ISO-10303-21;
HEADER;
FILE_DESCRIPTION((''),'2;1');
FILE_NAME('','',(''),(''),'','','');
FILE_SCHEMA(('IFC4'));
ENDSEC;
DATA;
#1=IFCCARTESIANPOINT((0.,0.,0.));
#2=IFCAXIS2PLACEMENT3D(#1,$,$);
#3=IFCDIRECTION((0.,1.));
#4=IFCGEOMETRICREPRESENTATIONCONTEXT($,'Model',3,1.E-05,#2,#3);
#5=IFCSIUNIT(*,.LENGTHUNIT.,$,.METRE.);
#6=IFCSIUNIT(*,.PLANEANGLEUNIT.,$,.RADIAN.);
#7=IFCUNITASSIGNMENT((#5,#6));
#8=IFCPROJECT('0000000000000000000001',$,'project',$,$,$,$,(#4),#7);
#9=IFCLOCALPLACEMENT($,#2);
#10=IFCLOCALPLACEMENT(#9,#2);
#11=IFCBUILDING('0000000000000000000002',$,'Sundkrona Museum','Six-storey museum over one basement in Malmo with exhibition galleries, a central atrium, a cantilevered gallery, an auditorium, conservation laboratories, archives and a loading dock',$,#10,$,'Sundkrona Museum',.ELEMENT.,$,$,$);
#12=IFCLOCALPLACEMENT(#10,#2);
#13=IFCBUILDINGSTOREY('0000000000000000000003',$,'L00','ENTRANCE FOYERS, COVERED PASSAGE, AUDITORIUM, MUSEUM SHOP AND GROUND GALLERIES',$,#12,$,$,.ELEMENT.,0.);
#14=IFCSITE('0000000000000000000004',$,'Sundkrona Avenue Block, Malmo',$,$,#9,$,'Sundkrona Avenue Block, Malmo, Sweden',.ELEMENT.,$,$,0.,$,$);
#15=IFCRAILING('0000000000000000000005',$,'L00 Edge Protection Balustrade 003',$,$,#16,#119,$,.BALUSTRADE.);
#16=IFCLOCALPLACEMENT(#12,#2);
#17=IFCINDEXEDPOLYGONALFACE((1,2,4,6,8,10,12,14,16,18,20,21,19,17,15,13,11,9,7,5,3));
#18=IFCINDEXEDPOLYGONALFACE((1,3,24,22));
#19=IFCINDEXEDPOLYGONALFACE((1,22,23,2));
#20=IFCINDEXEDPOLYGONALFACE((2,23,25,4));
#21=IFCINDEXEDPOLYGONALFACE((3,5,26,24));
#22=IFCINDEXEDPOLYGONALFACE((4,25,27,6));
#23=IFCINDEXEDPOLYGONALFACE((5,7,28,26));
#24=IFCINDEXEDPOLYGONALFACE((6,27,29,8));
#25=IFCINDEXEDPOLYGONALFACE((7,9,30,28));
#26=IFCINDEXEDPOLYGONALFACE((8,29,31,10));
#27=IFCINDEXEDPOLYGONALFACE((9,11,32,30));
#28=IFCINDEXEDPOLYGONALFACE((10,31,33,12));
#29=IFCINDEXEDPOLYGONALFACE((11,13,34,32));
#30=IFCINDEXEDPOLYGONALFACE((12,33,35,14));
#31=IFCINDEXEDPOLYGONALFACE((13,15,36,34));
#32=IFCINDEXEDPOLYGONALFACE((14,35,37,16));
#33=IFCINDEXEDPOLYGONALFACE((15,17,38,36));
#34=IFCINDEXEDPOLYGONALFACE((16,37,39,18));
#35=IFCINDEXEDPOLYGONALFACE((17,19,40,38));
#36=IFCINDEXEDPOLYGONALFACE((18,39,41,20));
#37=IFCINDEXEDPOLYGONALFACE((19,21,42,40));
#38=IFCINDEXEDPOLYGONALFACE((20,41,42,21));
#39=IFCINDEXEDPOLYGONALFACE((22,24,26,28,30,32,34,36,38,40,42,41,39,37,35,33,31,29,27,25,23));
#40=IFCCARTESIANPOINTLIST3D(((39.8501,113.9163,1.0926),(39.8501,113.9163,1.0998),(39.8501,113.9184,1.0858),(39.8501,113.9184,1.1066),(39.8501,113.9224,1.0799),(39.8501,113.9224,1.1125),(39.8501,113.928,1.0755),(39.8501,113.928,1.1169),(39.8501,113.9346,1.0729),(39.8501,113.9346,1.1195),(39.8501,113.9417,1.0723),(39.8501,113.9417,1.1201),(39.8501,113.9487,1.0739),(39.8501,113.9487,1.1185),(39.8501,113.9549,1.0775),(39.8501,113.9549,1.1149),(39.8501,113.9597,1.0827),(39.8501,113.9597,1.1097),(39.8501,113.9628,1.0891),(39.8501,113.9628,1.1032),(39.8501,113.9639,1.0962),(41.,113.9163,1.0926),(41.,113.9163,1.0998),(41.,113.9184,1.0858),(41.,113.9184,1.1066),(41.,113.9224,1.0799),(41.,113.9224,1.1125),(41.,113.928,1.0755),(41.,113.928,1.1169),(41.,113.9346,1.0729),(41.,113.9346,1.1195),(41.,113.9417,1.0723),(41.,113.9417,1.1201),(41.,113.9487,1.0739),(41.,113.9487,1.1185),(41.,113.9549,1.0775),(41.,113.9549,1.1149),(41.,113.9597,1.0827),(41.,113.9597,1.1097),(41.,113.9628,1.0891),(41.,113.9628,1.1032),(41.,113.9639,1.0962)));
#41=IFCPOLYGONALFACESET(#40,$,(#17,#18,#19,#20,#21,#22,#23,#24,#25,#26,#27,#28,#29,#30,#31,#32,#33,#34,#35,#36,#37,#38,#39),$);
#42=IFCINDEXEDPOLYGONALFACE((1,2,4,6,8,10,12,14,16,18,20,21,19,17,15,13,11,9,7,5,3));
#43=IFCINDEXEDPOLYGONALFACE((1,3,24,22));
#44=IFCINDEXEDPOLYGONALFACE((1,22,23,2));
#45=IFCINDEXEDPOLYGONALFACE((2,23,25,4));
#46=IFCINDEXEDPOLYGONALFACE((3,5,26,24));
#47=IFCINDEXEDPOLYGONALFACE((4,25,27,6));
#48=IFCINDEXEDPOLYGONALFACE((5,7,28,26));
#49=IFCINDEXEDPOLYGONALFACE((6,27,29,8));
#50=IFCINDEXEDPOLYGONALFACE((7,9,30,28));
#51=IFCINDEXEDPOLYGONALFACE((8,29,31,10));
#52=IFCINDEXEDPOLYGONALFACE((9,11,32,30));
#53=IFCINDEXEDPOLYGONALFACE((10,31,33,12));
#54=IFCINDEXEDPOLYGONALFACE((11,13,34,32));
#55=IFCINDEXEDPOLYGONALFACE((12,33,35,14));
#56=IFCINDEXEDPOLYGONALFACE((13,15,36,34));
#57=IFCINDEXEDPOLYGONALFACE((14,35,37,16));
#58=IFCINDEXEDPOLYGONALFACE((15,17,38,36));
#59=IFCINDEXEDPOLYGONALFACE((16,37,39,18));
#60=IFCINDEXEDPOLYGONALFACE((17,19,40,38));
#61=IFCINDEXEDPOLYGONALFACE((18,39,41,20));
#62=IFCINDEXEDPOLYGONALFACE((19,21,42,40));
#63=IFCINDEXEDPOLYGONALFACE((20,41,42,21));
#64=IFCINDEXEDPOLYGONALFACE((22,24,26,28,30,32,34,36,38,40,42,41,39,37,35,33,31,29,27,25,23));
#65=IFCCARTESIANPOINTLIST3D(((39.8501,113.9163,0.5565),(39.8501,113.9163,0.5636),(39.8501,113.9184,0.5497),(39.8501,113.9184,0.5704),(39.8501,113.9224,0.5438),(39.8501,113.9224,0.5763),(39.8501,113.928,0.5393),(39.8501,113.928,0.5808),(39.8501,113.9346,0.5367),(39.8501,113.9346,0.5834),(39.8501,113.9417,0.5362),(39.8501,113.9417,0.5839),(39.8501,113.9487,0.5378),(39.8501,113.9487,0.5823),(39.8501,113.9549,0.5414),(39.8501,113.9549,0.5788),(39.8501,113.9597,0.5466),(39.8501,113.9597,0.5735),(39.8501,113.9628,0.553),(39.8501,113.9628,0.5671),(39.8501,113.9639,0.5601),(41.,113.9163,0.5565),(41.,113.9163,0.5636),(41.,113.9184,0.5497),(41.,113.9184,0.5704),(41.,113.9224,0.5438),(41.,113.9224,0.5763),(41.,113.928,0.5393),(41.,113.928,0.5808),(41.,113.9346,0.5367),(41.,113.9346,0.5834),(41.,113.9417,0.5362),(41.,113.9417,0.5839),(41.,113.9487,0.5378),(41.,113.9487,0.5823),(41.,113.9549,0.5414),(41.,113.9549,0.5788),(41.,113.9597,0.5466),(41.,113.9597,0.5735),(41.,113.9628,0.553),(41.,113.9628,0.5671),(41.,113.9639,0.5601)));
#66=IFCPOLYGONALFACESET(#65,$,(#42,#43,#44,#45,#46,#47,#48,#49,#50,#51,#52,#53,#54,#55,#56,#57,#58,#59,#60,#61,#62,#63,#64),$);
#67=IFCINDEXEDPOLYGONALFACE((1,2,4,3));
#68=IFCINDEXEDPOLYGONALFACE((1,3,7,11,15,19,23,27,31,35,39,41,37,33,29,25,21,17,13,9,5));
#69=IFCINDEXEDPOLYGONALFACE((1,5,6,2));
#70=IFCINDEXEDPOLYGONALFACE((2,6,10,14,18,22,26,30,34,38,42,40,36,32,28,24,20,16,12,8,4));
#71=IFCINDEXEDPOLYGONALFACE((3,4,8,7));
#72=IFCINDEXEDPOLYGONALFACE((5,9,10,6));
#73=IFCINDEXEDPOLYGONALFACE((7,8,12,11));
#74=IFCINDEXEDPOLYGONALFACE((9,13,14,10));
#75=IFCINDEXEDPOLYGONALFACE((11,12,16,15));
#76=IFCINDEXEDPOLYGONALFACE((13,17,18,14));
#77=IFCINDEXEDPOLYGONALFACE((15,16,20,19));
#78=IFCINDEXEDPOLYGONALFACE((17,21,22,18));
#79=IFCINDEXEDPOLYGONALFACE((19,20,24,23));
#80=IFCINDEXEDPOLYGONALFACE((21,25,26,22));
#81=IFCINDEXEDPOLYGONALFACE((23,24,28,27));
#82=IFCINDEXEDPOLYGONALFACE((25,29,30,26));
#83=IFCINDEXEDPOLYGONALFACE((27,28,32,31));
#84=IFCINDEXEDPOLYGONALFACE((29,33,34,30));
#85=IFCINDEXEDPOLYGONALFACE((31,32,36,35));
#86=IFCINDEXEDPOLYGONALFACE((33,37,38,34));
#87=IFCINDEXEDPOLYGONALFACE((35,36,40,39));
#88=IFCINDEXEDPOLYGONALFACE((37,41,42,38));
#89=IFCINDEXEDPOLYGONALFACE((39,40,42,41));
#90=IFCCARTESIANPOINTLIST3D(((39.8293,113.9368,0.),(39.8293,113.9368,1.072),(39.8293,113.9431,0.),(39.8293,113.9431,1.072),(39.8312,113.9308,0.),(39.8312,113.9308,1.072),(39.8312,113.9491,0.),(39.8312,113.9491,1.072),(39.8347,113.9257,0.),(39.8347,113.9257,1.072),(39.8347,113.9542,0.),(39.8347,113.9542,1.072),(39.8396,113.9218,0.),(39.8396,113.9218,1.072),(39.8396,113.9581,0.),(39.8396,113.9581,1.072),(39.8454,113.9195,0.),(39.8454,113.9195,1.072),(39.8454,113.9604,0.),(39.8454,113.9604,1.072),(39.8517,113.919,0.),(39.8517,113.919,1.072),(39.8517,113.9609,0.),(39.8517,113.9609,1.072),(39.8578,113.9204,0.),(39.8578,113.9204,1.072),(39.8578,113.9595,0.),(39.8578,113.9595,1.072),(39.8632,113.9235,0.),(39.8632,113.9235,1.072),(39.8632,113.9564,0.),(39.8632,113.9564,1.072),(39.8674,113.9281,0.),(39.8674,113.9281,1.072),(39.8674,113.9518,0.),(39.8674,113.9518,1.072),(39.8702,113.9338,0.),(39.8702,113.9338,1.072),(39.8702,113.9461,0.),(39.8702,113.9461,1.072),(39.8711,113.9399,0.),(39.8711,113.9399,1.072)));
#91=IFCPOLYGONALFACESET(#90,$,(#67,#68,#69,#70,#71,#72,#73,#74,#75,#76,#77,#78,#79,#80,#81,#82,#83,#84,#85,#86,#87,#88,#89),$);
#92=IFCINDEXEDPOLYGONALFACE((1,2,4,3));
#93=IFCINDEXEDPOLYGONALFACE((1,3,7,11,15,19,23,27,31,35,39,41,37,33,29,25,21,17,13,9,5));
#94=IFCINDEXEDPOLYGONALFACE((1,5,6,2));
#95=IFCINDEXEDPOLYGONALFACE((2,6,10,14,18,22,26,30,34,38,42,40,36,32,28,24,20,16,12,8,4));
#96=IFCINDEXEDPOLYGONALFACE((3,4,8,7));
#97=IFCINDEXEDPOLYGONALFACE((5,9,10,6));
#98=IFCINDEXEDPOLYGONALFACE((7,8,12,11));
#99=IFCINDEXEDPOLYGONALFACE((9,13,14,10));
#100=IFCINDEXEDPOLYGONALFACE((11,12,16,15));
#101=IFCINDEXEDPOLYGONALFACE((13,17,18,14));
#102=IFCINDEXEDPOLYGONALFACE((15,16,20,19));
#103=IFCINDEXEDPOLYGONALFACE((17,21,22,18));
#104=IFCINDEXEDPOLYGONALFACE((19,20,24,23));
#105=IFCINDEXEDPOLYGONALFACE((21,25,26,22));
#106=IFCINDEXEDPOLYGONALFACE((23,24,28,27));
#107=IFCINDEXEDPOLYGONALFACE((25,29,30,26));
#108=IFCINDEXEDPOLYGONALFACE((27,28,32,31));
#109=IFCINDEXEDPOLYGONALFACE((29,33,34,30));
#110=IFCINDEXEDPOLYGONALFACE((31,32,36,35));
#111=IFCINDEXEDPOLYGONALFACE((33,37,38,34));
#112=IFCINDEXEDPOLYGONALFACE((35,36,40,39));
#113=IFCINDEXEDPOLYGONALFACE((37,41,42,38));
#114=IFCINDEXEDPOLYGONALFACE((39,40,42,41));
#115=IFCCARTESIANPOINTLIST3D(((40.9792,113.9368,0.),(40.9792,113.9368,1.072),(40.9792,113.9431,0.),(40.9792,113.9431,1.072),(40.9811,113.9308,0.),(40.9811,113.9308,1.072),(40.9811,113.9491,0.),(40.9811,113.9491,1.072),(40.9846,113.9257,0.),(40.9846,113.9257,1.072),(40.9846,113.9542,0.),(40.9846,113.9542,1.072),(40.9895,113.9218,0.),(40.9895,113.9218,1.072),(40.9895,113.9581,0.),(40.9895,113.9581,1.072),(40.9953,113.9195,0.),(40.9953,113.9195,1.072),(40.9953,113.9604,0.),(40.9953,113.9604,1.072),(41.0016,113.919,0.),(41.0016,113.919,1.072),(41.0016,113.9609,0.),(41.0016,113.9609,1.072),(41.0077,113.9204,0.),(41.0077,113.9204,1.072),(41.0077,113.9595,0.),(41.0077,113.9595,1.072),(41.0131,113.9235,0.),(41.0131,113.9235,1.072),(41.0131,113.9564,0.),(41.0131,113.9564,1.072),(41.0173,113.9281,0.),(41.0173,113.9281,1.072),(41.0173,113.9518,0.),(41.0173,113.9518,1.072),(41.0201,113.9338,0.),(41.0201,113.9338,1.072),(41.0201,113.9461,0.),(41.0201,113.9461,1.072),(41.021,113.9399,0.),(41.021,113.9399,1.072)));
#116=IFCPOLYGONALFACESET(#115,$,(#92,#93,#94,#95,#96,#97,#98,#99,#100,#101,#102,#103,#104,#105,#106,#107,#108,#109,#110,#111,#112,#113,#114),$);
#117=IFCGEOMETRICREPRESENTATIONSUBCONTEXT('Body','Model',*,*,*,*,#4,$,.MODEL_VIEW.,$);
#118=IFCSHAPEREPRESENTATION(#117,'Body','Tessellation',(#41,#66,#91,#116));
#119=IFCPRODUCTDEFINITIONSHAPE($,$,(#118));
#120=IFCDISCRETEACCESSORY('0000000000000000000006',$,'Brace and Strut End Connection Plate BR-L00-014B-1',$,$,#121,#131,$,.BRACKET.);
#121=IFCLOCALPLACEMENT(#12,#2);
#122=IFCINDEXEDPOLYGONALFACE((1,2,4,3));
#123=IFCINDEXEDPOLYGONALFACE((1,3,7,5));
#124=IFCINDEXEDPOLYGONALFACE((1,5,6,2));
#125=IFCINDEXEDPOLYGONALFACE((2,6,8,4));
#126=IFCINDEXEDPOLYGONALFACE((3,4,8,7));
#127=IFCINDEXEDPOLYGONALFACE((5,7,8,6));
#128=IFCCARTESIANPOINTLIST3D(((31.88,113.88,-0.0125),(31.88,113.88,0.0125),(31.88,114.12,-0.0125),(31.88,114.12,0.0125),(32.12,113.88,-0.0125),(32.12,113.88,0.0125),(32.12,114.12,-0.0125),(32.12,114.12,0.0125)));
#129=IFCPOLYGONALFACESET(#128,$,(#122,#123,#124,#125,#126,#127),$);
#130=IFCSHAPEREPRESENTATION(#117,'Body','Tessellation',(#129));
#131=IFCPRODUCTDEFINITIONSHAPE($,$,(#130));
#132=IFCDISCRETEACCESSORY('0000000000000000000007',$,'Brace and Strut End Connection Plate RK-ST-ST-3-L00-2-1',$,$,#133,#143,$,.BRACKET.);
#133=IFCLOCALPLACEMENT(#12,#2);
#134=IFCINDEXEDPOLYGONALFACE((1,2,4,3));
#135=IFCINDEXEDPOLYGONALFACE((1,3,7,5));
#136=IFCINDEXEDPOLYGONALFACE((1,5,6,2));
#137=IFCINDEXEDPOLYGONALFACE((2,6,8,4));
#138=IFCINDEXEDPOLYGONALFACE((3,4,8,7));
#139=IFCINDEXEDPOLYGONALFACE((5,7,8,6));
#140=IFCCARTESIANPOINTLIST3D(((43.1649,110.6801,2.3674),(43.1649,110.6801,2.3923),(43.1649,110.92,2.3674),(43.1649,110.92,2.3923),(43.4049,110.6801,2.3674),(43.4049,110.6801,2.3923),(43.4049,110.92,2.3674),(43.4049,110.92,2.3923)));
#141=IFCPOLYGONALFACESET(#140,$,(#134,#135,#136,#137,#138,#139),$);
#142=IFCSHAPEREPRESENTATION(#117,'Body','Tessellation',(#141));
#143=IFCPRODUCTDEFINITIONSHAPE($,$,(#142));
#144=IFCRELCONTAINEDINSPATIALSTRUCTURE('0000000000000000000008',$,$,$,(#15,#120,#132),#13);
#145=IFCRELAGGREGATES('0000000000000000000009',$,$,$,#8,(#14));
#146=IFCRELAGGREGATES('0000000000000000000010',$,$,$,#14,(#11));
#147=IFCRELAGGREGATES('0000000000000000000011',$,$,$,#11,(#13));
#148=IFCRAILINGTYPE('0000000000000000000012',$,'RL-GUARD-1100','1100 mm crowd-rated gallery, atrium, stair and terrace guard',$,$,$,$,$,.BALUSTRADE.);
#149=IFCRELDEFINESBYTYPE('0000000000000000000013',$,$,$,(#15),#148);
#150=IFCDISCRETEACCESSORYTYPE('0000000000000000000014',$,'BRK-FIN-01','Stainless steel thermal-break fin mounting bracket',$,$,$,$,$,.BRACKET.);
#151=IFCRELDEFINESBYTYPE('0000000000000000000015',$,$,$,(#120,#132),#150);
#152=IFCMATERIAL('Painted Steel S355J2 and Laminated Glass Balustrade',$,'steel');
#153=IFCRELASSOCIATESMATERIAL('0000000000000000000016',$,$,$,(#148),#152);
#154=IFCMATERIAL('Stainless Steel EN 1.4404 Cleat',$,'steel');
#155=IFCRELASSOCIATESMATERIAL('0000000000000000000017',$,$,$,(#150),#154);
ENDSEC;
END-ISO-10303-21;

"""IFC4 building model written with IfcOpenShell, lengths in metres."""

from ifc_helpers import new_model, si_unit, direction, frame, origin, origin_2d, place, context, subcontext, project, spatial, rectangle, circle, extrude, material, type_object, element, save


model = new_model("IFC4")

# Units and contexts
model_context = context("Model", 3, precision=1e-05, world=origin(), true_north=direction((0.0, 1.0)))
body_context = subcontext(model_context, "Body", "Model", "MODEL_VIEW")
ifc_project = project(units=[si_unit("LENGTHUNIT", "METRE"), si_unit("PLANEANGLEUNIT", "RADIAN")], contexts=[model_context])

# Site, building, storey
site_placement = place(None, origin())
site = spatial("IfcSite", under=ifc_project, at=site_placement, Name="Sundkrona Avenue Block, Malmo", LongName="Sundkrona Avenue Block, Malmo, Sweden", CompositionType="ELEMENT", RefElevation=0.0)
building_placement = place(site_placement, origin())
building = spatial("IfcBuilding", under=site, at=building_placement, Name="Sundkrona Museum", Description="Six-storey museum over one basement in Malmo with exhibition galleries, a central atrium, a cantilevered gallery, an auditorium, conservation laboratories, archives and a loading dock", LongName="Sundkrona Museum", CompositionType="ELEMENT")
storey_placement = place(building_placement, origin())
storey = spatial("IfcBuildingStorey", under=building, at=storey_placement, Name="L00", Description="ENTRANCE FOYERS, COVERED PASSAGE, AUDITORIUM, MUSEUM SHOP AND GROUND GALLERIES", CompositionType="ELEMENT", Elevation=0.0)

# Railing
ifc_material_1 = material(Name="Painted Steel S355J2 and Laminated Glass Balustrade", Category="steel")
railing_type = type_object("IfcRailingType", Name="RL-GUARD-1100", Description="1100 mm crowd-rated gallery, atrium, stair and terrace guard", PredefinedType="BALUSTRADE", material=ifc_material_1)
railing_1_placement = place(storey_placement, frame((39.8501, 113.9399, 0.0)))
element("IfcRailing", 1, at=railing_1_placement, inside=storey, type_object=railing_type, Name="L00 Edge Protection Balustrade 003", PredefinedType="BALUSTRADE", context=body_context, shape_type="SweptSolid", body=[
    extrude(circle(Radius=0.0239, at=origin_2d()), frame((0.0, 0.0, 1.0962), z_axis=(1.0, 0.0, 0.0), x_axis=(0.0, 1.0, 0.0)), (0.0, 0.0, 1.0), 1.1499),
    extrude(circle(Radius=0.0239, at=origin_2d()), frame((0.0, 0.0, 0.5601), z_axis=(1.0, 0.0, 0.0), x_axis=(0.0, 1.0, 0.0)), (0.0, 0.0, 1.0), 1.1499),
    extrude(circle(Radius=0.021, at=origin_2d()), origin(), (0.0, 0.0, 1.0), 1.072),
    extrude(circle(Radius=0.021, at=origin_2d()), frame((1.1499, 0.0, 0.0)), (0.0, 0.0, 1.0), 1.072),
])

# Discrete accessories
ifc_material_2 = material(Name="Stainless Steel EN 1.4404 Cleat", Category="steel")
discrete_accessory_type = type_object("IfcDiscreteAccessoryType", Name="BRK-FIN-01", Description="Stainless steel thermal-break fin mounting bracket", PredefinedType="BRACKET", material=ifc_material_2)
for number, where, z_axis, x_axis, name in (
    (2, (32.0, 114.0, -0.0125), (0.0, 0.0, 1.0), (1.0, 0.0, 0.0), "Brace and Strut End Connection Plate BR-L00-014B-1"),
    (3, (43.2849, 110.8, 2.3674), (0.0, 0.0, 1.0), (1.0, 0.0, 0.0), "Brace and Strut End Connection Plate RK-ST-ST-3-L00-2-1"),
):
    element("IfcDiscreteAccessory", number, at=place(storey_placement, frame(where, z_axis=z_axis, x_axis=x_axis)), inside=storey, type_object=discrete_accessory_type, Name=name, PredefinedType="BRACKET", context=body_context, shape_type="SweptSolid", body=[
        extrude(rectangle(XDim=0.24, YDim=0.24, at=origin_2d()), origin(), (0.0, 0.0, 1.0), 0.0249),
    ])

save(model, "model.ifc")
